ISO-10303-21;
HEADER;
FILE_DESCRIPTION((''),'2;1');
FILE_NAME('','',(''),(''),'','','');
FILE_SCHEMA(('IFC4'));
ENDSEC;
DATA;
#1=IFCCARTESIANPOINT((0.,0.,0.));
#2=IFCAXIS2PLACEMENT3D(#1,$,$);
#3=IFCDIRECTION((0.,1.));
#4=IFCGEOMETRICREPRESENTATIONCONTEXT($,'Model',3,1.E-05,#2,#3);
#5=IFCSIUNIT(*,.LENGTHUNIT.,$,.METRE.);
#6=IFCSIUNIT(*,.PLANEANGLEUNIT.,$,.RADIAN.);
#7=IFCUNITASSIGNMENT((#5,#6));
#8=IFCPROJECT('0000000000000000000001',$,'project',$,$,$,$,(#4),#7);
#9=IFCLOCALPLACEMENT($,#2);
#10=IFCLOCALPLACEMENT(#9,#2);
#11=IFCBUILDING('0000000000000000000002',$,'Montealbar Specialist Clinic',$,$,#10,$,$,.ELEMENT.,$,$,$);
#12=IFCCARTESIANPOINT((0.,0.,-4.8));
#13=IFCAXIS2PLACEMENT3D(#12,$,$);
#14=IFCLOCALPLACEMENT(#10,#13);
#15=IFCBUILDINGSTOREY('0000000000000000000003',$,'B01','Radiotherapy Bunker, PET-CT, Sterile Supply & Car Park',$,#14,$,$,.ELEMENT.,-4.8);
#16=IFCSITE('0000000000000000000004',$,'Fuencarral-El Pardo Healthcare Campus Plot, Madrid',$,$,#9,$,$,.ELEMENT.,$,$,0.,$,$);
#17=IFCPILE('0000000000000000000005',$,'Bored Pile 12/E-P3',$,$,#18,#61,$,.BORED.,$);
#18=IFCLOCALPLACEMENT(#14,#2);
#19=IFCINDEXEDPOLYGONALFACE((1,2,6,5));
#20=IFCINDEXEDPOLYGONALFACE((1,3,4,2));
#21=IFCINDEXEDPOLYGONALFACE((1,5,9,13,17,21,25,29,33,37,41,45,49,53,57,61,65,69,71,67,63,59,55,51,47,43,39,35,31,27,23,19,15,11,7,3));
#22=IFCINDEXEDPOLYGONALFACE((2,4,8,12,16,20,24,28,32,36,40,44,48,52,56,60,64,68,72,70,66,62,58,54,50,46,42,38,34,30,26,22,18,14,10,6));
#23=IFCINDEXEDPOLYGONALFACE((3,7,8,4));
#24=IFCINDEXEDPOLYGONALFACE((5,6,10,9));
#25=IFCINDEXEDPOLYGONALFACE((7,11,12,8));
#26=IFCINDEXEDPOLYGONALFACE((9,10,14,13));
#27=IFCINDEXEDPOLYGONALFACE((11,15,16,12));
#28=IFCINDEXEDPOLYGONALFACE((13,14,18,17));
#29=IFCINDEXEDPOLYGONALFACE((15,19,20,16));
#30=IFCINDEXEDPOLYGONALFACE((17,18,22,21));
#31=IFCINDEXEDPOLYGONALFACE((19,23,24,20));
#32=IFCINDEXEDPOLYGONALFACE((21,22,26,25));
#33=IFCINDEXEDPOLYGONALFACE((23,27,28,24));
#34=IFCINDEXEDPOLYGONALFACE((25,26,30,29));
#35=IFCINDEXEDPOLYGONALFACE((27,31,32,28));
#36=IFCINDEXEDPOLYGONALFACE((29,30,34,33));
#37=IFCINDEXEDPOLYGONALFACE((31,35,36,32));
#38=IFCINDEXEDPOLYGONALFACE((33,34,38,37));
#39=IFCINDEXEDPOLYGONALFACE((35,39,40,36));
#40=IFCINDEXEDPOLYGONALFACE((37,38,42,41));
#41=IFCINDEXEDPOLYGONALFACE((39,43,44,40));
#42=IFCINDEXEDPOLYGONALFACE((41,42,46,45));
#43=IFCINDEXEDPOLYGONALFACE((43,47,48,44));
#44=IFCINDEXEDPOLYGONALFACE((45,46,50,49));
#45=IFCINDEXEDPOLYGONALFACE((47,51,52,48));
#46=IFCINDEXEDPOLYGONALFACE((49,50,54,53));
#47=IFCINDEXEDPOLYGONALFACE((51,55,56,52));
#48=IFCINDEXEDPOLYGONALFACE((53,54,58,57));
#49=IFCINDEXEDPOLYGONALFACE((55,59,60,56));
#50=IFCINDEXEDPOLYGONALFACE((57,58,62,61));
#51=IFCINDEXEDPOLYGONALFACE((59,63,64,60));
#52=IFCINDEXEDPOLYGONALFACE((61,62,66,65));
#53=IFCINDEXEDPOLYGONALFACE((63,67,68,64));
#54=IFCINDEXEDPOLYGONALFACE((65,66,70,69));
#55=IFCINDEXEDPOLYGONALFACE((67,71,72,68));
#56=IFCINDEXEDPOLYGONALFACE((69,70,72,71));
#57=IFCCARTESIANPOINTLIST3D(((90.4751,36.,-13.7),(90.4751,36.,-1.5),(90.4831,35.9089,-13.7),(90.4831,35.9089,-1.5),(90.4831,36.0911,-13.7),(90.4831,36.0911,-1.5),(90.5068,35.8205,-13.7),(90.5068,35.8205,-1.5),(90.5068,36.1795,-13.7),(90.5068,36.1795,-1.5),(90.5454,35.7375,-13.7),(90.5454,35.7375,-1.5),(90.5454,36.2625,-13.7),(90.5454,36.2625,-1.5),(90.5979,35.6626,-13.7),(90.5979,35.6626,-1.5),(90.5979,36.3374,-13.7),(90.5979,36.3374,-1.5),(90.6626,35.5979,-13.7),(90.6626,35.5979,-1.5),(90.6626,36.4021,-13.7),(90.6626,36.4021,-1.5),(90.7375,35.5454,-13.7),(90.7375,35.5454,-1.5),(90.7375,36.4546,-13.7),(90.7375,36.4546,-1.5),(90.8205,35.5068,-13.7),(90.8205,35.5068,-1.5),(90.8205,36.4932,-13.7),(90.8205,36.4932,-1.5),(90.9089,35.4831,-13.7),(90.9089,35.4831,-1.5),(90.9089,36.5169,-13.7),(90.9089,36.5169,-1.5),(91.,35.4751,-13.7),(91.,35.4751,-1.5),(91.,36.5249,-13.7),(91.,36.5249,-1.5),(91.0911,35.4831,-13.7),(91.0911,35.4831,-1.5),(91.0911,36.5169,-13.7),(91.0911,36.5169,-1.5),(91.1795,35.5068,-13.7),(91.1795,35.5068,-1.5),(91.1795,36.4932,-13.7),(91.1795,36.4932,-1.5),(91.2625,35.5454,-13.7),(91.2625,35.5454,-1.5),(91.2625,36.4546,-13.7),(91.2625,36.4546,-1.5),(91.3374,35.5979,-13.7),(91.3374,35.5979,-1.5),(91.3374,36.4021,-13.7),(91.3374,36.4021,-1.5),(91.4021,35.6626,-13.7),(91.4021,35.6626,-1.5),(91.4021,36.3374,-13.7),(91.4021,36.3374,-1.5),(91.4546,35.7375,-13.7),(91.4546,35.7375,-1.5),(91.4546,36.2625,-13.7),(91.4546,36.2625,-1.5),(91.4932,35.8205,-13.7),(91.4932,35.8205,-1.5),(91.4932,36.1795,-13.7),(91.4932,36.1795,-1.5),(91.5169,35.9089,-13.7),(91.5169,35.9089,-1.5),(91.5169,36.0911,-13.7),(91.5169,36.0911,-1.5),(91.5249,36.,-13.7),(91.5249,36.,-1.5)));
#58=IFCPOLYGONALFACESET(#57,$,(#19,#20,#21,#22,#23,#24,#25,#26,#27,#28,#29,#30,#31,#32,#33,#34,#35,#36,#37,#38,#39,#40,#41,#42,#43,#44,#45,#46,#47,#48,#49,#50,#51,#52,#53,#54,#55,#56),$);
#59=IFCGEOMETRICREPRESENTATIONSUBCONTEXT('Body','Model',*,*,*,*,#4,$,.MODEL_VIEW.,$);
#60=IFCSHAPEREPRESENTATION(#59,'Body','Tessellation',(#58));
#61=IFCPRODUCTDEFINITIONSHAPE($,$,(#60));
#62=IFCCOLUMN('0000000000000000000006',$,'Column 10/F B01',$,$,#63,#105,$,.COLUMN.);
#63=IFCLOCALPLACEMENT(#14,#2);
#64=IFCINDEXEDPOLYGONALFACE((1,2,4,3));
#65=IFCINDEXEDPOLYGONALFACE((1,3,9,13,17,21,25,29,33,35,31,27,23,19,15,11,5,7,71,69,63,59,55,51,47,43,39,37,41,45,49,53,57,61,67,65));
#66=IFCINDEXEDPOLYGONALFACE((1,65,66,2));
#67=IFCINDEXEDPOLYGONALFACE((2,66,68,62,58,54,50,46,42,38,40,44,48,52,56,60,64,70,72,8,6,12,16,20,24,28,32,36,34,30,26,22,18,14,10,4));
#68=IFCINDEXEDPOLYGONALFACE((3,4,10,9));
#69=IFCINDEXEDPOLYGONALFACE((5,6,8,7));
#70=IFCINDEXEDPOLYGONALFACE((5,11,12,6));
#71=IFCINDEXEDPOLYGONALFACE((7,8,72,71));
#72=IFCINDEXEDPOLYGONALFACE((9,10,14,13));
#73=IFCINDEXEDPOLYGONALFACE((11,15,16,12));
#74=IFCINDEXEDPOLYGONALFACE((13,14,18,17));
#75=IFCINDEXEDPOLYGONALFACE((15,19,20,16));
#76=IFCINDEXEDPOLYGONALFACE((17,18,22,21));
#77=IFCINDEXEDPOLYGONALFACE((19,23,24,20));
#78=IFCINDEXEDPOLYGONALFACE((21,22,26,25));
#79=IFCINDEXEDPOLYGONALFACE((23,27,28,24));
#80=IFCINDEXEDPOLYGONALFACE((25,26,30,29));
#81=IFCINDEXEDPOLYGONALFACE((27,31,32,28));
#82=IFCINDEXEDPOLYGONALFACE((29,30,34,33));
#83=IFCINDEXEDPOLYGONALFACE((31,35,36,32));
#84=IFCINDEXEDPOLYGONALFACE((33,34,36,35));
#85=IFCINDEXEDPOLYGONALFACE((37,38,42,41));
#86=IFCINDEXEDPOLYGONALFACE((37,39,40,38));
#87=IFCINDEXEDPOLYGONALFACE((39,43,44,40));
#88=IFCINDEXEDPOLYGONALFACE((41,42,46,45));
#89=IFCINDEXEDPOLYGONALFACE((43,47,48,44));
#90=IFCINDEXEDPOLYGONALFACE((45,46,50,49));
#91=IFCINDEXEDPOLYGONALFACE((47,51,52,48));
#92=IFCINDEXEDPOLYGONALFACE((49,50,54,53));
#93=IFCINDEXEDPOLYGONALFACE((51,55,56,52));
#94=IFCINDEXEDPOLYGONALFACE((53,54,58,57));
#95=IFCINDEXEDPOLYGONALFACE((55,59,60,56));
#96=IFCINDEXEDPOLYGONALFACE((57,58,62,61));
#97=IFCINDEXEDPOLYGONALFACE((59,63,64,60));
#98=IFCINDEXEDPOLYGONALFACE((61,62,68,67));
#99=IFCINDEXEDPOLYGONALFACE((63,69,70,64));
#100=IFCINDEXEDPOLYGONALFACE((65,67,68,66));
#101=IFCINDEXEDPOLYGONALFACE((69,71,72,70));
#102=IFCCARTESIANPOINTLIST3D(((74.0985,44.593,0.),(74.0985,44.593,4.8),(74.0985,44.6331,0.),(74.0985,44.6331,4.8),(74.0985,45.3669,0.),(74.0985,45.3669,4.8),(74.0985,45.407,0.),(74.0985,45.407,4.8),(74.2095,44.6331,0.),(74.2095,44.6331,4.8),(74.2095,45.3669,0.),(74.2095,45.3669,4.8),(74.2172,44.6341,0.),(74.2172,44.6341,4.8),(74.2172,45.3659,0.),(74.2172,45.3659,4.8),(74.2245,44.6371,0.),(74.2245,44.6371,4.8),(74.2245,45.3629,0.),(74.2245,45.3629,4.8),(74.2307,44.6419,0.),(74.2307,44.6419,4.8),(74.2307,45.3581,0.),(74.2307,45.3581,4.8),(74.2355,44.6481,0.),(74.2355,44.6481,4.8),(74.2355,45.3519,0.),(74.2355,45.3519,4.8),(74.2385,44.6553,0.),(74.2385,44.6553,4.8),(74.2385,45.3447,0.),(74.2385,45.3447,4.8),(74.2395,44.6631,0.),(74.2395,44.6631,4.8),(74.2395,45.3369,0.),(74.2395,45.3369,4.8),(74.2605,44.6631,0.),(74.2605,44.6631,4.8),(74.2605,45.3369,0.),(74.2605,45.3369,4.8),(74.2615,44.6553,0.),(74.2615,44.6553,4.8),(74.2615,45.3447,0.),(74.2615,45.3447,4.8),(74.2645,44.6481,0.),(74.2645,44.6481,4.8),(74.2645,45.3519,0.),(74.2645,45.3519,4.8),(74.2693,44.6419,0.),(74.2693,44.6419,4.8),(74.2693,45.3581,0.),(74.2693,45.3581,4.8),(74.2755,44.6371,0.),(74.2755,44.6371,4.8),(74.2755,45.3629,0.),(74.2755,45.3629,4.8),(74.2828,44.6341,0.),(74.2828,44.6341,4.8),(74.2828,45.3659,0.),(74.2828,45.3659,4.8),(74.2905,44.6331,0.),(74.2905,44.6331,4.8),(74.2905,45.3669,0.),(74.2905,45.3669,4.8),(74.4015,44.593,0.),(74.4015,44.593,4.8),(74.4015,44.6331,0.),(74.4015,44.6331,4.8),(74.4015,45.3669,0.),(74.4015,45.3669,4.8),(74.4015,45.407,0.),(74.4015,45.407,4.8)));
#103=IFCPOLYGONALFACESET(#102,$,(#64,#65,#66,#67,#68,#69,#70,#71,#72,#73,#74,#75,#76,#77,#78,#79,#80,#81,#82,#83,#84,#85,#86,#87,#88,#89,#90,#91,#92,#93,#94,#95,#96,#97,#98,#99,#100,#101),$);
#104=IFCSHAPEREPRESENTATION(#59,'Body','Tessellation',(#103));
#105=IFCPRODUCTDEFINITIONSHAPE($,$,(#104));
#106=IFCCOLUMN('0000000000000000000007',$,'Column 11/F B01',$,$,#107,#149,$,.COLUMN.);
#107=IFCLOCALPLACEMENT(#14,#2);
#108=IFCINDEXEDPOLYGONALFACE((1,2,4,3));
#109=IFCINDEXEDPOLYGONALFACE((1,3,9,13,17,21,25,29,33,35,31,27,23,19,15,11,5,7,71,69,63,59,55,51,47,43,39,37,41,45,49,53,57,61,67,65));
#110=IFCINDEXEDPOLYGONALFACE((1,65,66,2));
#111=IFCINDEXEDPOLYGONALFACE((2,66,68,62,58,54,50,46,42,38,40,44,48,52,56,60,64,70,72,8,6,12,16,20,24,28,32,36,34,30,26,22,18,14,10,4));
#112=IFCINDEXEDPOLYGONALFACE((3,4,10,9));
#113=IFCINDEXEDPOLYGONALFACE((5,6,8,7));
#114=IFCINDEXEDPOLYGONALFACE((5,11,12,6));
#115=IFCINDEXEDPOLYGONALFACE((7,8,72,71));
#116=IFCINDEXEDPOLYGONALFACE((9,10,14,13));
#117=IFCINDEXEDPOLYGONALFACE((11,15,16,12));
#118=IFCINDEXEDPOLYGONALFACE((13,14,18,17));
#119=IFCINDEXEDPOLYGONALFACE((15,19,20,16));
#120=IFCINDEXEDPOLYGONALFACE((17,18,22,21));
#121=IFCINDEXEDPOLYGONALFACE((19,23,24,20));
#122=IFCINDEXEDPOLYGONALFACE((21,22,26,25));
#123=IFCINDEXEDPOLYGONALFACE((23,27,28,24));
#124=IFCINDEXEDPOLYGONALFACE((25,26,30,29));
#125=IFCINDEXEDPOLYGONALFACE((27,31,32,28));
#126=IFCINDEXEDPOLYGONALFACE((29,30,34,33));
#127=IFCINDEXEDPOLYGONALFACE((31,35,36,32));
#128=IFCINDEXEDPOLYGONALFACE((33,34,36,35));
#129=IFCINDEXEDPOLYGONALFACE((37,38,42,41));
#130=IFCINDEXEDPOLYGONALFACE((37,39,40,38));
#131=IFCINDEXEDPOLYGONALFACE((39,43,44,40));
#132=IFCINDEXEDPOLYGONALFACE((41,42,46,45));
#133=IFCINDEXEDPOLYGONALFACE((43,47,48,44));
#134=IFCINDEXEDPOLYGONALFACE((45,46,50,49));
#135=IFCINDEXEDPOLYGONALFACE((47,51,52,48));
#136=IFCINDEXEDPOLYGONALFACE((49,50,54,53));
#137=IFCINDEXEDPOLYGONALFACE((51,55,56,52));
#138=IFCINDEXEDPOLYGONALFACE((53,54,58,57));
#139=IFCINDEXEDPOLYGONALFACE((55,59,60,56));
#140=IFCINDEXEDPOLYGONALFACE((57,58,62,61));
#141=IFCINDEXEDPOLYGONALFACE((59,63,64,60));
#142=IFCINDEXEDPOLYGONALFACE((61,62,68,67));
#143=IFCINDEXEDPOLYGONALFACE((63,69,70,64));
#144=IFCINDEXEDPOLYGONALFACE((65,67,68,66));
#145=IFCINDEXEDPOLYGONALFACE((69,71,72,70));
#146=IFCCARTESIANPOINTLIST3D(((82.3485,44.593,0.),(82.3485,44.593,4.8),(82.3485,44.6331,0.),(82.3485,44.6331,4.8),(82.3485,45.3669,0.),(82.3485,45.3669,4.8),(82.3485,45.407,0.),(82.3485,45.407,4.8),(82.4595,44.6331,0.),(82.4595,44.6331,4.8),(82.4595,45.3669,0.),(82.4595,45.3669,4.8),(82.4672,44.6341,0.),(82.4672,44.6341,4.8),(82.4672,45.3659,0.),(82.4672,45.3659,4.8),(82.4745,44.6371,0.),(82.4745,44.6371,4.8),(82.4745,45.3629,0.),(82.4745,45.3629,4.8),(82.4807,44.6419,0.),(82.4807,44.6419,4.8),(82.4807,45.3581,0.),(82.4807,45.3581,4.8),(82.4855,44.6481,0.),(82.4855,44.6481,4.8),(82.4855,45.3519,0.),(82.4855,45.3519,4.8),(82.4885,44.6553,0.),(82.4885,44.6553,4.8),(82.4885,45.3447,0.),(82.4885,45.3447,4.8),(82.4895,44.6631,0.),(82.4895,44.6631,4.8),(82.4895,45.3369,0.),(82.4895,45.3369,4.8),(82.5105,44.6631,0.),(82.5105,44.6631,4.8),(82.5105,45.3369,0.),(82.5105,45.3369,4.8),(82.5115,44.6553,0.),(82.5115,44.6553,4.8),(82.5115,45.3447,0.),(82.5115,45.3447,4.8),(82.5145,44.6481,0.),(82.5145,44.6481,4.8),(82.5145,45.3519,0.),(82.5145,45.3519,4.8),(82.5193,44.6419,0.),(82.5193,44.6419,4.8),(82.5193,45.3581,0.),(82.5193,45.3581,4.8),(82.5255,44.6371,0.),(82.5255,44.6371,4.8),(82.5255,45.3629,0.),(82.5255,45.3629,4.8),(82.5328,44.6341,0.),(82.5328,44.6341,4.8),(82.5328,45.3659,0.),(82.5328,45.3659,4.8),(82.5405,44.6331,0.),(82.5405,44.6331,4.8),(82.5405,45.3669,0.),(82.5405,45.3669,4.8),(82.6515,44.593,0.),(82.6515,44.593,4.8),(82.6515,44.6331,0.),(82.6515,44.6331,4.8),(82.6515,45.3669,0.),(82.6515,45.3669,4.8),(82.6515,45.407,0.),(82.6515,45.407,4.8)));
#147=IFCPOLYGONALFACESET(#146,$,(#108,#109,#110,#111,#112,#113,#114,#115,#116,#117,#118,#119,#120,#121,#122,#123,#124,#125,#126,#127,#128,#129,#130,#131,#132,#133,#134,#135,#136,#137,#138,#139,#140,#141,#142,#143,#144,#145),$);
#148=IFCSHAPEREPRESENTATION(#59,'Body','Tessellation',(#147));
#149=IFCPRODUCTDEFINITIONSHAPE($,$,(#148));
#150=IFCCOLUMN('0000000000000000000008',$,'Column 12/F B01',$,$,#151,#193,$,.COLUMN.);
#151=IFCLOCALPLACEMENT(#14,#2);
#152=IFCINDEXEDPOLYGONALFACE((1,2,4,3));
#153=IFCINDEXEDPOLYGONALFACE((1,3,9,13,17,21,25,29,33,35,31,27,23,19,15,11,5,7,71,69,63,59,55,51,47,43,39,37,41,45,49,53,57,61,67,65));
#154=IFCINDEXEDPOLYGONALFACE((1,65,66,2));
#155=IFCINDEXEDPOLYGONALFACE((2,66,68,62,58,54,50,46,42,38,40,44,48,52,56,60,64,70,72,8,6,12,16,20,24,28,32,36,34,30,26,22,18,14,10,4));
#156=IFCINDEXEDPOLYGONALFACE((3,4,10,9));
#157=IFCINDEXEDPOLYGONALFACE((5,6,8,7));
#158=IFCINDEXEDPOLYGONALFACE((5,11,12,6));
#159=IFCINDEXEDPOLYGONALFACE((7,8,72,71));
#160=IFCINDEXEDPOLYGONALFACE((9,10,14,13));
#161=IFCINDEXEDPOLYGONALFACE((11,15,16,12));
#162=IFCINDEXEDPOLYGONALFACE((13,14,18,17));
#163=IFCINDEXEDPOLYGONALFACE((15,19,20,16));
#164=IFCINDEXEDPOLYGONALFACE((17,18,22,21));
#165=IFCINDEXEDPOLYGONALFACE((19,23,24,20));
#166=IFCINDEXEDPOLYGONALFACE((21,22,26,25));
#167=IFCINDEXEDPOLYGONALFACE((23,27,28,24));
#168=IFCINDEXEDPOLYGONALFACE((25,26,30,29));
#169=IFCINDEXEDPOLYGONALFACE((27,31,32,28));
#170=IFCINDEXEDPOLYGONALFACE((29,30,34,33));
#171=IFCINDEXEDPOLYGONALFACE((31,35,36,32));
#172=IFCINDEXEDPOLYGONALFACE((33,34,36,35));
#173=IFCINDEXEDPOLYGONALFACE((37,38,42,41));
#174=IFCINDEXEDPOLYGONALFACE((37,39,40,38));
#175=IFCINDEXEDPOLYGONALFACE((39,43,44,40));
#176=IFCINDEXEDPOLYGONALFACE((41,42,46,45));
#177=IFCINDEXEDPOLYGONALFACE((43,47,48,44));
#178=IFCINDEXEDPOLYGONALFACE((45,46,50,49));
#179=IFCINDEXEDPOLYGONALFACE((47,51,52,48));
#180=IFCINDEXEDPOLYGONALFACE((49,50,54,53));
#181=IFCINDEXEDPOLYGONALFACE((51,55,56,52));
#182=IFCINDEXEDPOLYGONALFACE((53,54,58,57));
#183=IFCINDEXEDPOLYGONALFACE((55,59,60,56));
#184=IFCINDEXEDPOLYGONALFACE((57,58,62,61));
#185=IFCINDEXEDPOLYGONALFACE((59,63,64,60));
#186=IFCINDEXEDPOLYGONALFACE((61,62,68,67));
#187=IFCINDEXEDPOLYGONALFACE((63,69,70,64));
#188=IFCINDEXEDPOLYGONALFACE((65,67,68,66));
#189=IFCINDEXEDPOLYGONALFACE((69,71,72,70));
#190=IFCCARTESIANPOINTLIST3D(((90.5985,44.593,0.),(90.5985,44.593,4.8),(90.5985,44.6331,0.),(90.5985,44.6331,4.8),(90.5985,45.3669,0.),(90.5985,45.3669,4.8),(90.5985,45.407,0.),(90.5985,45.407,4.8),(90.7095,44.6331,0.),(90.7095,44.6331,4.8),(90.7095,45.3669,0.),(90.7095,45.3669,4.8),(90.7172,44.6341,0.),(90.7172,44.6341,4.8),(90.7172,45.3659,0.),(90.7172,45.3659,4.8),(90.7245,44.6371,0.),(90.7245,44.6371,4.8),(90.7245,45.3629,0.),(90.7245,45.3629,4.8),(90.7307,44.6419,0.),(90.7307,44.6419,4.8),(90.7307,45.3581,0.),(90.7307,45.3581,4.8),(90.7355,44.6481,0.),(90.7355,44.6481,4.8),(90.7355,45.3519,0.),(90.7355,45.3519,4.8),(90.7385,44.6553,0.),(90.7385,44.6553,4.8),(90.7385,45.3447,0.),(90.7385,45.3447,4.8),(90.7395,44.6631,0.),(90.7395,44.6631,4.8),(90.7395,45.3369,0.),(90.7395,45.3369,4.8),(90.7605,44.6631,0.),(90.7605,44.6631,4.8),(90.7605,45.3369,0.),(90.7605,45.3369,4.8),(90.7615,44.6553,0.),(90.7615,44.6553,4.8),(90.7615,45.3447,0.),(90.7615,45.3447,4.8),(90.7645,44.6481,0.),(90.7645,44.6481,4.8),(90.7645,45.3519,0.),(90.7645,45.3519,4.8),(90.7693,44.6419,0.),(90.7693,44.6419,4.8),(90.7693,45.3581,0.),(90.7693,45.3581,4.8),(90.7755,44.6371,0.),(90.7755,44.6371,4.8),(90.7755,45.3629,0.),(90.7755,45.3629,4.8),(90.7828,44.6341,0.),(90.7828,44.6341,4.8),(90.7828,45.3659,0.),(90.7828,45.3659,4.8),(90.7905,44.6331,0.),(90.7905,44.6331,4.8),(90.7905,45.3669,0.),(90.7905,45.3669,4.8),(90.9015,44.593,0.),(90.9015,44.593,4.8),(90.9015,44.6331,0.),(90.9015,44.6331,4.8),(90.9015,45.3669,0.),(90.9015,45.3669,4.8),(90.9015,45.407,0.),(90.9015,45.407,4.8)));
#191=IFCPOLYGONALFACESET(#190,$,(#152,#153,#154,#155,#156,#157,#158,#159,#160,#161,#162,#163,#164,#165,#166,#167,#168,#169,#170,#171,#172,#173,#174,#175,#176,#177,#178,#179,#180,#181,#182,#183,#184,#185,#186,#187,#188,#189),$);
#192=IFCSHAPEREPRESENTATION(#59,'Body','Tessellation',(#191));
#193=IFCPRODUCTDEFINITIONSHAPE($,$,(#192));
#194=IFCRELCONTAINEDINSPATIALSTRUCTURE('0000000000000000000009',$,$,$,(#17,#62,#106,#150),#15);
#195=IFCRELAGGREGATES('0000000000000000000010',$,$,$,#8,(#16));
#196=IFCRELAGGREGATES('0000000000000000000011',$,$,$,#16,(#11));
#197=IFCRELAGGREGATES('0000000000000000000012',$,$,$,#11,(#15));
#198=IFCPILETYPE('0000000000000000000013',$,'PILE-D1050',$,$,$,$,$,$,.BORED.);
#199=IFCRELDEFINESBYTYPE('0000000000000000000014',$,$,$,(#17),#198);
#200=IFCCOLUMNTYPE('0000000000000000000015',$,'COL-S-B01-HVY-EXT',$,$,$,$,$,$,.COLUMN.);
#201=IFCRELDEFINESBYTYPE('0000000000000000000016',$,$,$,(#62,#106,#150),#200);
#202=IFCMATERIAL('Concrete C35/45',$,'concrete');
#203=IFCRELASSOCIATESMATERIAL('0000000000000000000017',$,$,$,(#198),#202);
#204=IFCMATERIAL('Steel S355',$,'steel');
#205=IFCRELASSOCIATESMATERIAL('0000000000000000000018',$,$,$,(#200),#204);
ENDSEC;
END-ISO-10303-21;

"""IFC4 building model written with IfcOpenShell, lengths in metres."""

from ifc_helpers import new_model, si_unit, direction, frame, origin, origin_2d, place, context, subcontext, project, spatial, circle, i_section, extrude, material, material_profile, profile_set, type_object, element, save


model = new_model("IFC4")

# Units and contexts
model_context = context("Model", 3, precision=1e-05, world=origin(), true_north=direction((0.0, 1.0)))
body_context = subcontext(model_context, "Body", "Model", "MODEL_VIEW")
ifc_project = project(units=[si_unit("LENGTHUNIT", "METRE"), si_unit("PLANEANGLEUNIT", "RADIAN")], contexts=[model_context])

# Site, building, storey
site_placement = place(None, origin())
site = spatial("IfcSite", under=ifc_project, at=site_placement, Name="Fuencarral-El Pardo Healthcare Campus Plot, Madrid", CompositionType="ELEMENT", RefElevation=0.0)
building_placement = place(site_placement, origin())
building = spatial("IfcBuilding", under=site, at=building_placement, Name="Montealbar Specialist Clinic", CompositionType="ELEMENT")
storey_placement = place(building_placement, frame((0.0, 0.0, -4.8)))
storey = spatial("IfcBuildingStorey", under=building, at=storey_placement, Name="B01", Description="Radiotherapy Bunker, PET-CT, Sterile Supply & Car Park", CompositionType="ELEMENT", Elevation=-4.8)

# Shared definitions
ifc_material_1 = material(Name="Concrete C35/45", Category="concrete")

# Pile
ifc_material_profile_1 = material_profile(ifc_material_1, circle(Radius=0.5249, at=origin_2d()), Name="PILE D1050", Category="concrete")
ifc_profile_set_1 = profile_set([ifc_material_profile_1], Name="Concrete C35/45")
pile_type = type_object("IfcPileType", Name="PILE-D1050", PredefinedType="BORED", material=ifc_profile_set_1)
for number, where, z_axis, x_axis, name in (
    (1, (91.0, 36.0, -1.5), (0.0, 0.0, -1.0), (1.0, 0.0, 0.0), "Bored Pile 12/E-P3"),
):
    element("IfcPile", number, at=place(storey_placement, frame(where, z_axis=z_axis, x_axis=x_axis)), inside=storey, type_object=pile_type, Name=name, PredefinedType="BORED", context=body_context, shape_type="SweptSolid", body=[
        extrude(circle(Radius=0.5249, at=origin_2d()), origin(), (0.0, 0.0, 1.0), 12.2),
    ])

# Columns
ifc_material_2 = material(Name="Steel S355", Category="steel")
ifc_material_profile_2 = material_profile(ifc_material_2, i_section(OverallWidth=0.303, OverallDepth=0.814, WebThickness=0.021, FlangeThickness=0.04, FilletRadius=0.03, at=origin_2d()), Name="HEM 800", Category="steel")
ifc_profile_set_2 = profile_set([ifc_material_profile_2], Name="Steel S355")
column_type_1 = type_object("IfcColumnType", Name="COL-S-B01-HVY-EXT", PredefinedType="COLUMN", material=ifc_profile_set_2)
for number, where, z_axis, x_axis, name in (
    (2, (74.25, 45.0, 0.0), (0.0, 0.0, 1.0), (1.0, 0.0, 0.0), "Column 10/F B01"),
    (3, (82.5, 45.0, 0.0), (0.0, 0.0, 1.0), (1.0, 0.0, 0.0), "Column 11/F B01"),
    (4, (90.75, 45.0, 0.0), (0.0, 0.0, 1.0), (1.0, 0.0, 0.0), "Column 12/F B01"),
):
    element("IfcColumn", number, at=place(storey_placement, frame(where, z_axis=z_axis, x_axis=x_axis)), inside=storey, type_object=column_type_1, Name=name, PredefinedType="COLUMN", context=body_context, shape_type="SweptSolid", body=[
        extrude(i_section(OverallWidth=0.303, OverallDepth=0.814, WebThickness=0.021, FlangeThickness=0.04, FilletRadius=0.03, at=origin_2d()), origin(), (0.0, 0.0, 1.0), 4.8),
    ])

save(model, "model.ifc")
